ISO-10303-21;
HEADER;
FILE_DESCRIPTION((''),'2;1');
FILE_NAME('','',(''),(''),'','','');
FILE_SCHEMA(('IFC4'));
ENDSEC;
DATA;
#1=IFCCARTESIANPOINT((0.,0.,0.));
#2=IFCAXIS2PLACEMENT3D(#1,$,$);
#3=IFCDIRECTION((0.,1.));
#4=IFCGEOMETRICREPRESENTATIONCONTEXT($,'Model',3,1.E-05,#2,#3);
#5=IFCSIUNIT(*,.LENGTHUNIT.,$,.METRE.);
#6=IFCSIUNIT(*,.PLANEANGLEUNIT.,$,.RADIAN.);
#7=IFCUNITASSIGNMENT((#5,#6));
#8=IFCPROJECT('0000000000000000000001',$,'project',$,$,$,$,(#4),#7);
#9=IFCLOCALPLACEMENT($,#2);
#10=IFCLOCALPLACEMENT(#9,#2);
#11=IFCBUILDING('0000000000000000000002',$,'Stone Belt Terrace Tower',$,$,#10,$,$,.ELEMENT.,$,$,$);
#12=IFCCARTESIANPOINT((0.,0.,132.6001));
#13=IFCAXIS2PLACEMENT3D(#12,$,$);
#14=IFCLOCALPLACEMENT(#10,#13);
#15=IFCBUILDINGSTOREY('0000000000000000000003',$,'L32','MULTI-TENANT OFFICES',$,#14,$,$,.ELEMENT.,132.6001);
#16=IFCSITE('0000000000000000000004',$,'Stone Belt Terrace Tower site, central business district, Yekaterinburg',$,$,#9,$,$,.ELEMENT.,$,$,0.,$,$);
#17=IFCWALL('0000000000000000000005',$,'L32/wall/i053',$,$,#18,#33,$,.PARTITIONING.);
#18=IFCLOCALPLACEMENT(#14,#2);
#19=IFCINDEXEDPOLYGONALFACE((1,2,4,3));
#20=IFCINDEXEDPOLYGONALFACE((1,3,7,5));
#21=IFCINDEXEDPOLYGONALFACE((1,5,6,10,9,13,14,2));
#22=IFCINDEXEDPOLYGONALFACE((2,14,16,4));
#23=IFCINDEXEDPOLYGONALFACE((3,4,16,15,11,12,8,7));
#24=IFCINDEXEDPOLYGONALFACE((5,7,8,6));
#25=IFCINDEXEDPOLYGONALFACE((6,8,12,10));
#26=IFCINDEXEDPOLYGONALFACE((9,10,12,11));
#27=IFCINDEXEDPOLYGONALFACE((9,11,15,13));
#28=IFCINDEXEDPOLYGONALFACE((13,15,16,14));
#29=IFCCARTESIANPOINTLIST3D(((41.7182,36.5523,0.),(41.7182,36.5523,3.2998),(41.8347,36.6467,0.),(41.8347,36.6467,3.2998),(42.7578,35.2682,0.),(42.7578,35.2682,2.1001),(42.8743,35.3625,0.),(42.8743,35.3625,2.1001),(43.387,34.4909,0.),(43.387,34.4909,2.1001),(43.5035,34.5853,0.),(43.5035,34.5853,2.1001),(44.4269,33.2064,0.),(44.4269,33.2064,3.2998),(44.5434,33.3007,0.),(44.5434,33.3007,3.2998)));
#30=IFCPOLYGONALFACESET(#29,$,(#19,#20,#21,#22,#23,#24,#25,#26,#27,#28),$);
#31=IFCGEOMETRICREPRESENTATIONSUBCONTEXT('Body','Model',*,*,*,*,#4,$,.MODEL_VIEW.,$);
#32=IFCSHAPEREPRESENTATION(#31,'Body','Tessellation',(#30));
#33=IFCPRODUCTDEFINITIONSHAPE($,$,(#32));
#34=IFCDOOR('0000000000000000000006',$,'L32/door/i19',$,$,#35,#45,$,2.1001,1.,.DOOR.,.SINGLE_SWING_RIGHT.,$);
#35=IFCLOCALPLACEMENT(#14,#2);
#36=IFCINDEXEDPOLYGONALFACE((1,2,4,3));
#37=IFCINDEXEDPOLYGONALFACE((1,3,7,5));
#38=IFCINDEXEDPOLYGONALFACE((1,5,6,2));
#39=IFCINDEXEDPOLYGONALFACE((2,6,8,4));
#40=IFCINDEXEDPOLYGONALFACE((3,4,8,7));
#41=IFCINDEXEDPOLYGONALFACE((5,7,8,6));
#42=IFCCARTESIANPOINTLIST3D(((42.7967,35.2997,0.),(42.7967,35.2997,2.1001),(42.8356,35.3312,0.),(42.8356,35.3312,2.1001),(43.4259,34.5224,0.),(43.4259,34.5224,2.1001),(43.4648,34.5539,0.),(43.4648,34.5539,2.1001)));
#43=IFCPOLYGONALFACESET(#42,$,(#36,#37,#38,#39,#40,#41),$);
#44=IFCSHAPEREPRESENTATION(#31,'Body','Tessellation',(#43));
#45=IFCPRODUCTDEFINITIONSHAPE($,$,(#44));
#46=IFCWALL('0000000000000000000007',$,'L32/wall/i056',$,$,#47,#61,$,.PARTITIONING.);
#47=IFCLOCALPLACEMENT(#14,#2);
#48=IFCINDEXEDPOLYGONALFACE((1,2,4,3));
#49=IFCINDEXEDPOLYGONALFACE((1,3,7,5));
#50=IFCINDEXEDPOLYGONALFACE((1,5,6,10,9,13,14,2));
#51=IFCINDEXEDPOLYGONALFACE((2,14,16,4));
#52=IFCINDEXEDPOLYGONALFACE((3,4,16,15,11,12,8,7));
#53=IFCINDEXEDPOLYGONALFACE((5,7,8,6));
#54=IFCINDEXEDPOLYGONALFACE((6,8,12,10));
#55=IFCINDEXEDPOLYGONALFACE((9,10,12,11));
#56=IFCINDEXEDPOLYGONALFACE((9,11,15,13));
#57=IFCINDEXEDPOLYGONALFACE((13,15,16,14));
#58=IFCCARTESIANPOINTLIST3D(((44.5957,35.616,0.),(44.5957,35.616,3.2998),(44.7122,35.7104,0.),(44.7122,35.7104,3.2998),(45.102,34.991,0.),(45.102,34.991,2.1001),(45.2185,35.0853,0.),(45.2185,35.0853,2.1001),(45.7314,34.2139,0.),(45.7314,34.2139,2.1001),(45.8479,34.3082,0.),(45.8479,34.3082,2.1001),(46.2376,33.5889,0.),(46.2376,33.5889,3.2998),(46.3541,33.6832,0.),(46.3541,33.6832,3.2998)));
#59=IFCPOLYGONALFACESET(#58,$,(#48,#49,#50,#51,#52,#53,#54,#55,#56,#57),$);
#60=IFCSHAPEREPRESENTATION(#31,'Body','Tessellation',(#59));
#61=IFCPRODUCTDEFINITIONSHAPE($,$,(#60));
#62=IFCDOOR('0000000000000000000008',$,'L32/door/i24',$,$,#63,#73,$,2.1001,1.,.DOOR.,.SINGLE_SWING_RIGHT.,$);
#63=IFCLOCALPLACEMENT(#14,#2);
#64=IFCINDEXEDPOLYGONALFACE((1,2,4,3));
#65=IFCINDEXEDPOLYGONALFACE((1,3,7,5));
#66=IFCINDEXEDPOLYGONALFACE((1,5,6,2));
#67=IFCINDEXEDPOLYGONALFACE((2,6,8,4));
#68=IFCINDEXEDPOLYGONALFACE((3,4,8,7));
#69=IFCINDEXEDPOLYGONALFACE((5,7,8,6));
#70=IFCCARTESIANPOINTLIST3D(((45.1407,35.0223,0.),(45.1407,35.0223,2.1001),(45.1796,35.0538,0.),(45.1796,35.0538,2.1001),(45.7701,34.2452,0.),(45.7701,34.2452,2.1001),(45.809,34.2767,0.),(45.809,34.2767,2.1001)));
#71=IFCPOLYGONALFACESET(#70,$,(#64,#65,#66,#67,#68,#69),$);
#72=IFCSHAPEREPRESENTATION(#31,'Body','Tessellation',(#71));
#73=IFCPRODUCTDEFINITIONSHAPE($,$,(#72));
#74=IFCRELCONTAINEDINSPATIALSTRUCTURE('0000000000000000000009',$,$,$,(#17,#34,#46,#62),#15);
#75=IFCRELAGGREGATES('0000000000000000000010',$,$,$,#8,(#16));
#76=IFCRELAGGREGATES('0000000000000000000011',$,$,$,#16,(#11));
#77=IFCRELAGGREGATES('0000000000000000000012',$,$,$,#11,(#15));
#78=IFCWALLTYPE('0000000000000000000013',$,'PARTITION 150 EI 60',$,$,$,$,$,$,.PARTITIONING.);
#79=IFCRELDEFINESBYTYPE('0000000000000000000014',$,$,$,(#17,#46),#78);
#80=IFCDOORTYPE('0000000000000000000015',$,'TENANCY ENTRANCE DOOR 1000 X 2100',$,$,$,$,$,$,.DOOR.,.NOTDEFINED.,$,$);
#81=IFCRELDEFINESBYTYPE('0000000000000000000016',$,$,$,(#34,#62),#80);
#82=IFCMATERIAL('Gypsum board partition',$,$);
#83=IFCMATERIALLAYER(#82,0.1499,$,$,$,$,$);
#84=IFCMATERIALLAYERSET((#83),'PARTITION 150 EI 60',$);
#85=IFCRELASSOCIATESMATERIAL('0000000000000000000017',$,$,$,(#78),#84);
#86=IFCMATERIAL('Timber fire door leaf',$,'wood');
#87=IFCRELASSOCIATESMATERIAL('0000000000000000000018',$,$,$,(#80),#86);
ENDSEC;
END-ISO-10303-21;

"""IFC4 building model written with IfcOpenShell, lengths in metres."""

from ifc_helpers import new_model, si_unit, direction, frame, frame_2d, origin, place, context, subcontext, project, spatial, rectangle, extrude, material, layer, layer_set, type_object, element, fill, save


model = new_model("IFC4")

# Units and contexts
model_context = context("Model", 3, precision=1e-05, world=origin(), true_north=direction((0.0, 1.0)))
body_context = subcontext(model_context, "Body", "Model", "MODEL_VIEW")
ifc_project = project(units=[si_unit("LENGTHUNIT", "METRE"), si_unit("PLANEANGLEUNIT", "RADIAN")], contexts=[model_context])

# Site, building, storey
site_placement = place(None, origin())
site = spatial("IfcSite", under=ifc_project, at=site_placement, Name="Stone Belt Terrace Tower site, central business district, Yekaterinburg", CompositionType="ELEMENT", RefElevation=0.0)
building_placement = place(site_placement, origin())
building = spatial("IfcBuilding", under=site, at=building_placement, Name="Stone Belt Terrace Tower", CompositionType="ELEMENT")
storey_placement = place(building_placement, frame((0.0, 0.0, 132.6001)))
storey = spatial("IfcBuildingStorey", under=building, at=storey_placement, Name="L32", Description="MULTI-TENANT OFFICES", CompositionType="ELEMENT", Elevation=132.6001)

# Shared definitions
ifc_material_1 = material(Name="Gypsum board partition")

# Shared definitions
ifc_layer_1 = layer(ifc_material_1, 0.1499)
ifc_layer_set_1 = layer_set([ifc_layer_1], Name="PARTITION 150 EI 60")
wall_type_1 = type_object("IfcWallType", Name="PARTITION 150 EI 60", PredefinedType="PARTITIONING", material=ifc_layer_set_1)
ifc_material_2 = material(Name="Timber fire door leaf", Category="wood")

# Walls, openings, doors
wall_1_placement = place(storey_placement, frame((44.4851, 33.2537, 0.0), z_axis=(0.0, 0.0, 1.0), x_axis=(-0.629215, 0.777232, 0.0)))
wall_1 = element("IfcWall", 1, at=wall_1_placement, inside=storey, type_object=wall_type_1, Name="L32/wall/i053", PredefinedType="PARTITIONING", context=body_context, shape_type="SweptSolid", body=[
    extrude(rectangle(XDim=4.3049, YDim=0.1499, at=frame_2d((2.1523, 0.0))), origin(), (0.0, 0.0, 1.0), 3.2998),
])
opening_1_placement = place(wall_1_placement, frame((1.6526, 0.0, 0.0)))
opening_1 = element("IfcOpeningElement", 2, at=opening_1_placement, cuts=wall_1, PredefinedType="OPENING", context=body_context, shape_type="SweptSolid", body=[
    extrude(rectangle(XDim=1.0, YDim=2.1001, at=frame_2d((0.5, 1.05))), frame((0.0, 0.085, 0.0), z_axis=(0.0, -1.0, 0.0), x_axis=(1.0, 0.0, 0.0)), (0.0, 0.0, 1.0), 0.1699),
])
door_type_1 = type_object("IfcDoorType", Name="TENANCY ENTRANCE DOOR 1000 X 2100", OperationType="NOTDEFINED", PredefinedType="DOOR", material=ifc_material_2)
door_1_placement = place(opening_1_placement, origin())
door_1 = element("IfcDoor", 3, at=door_1_placement, inside=storey, type_object=door_type_1, Name="L32/door/i19", OperationType="SINGLE_SWING_RIGHT", OverallHeight=2.1001, OverallWidth=1.0, PredefinedType="DOOR", context=body_context, shape_type="SweptSolid", body=[
    extrude(rectangle(XDim=1.0, YDim=2.1001, at=frame_2d((0.5, 1.05))), frame((0.0, 0.0249, 0.0), z_axis=(0.0, -1.0, 0.0), x_axis=(1.0, 0.0, 0.0)), (0.0, 0.0, 1.0), 0.05),
])
fill(opening_1, door_1)
wall_2_placement = place(storey_placement, frame((44.6541, 35.6631, 0.0), z_axis=(0.0, 0.0, 1.0), x_axis=(0.629397, -0.777084, 0.0)))
wall_2 = element("IfcWall", 4, at=wall_2_placement, inside=storey, type_object=wall_type_1, Name="L32/wall/i056", PredefinedType="PARTITIONING", context=body_context, shape_type="SweptSolid", body=[
    extrude(rectangle(XDim=2.6086, YDim=0.1499, at=frame_2d((1.3042, 0.0))), origin(), (0.0, 0.0, 1.0), 3.2998),
])
opening_2_placement = place(wall_2_placement, frame((0.8042, 0.0, 0.0)))
opening_2 = element("IfcOpeningElement", 5, at=opening_2_placement, cuts=wall_2, PredefinedType="OPENING", context=body_context, shape_type="SweptSolid", body=[
    extrude(rectangle(XDim=1.0, YDim=2.1001, at=frame_2d((0.5, 1.05))), frame((0.0, 0.085, 0.0), z_axis=(0.0, -1.0, 0.0), x_axis=(1.0, 0.0, 0.0)), (0.0, 0.0, 1.0), 0.1699),
])
door_2_placement = place(opening_2_placement, origin())
door_2 = element("IfcDoor", 6, at=door_2_placement, inside=storey, type_object=door_type_1, Name="L32/door/i24", OperationType="SINGLE_SWING_RIGHT", OverallHeight=2.1001, OverallWidth=1.0, PredefinedType="DOOR", context=body_context, shape_type="SweptSolid", body=[
    extrude(rectangle(XDim=1.0, YDim=2.1001, at=frame_2d((0.5, 1.05))), frame((0.0, 0.0249, 0.0), z_axis=(0.0, -1.0, 0.0), x_axis=(1.0, 0.0, 0.0)), (0.0, 0.0, 1.0), 0.05),
])
fill(opening_2, door_2)

save(model, "model.ifc")
